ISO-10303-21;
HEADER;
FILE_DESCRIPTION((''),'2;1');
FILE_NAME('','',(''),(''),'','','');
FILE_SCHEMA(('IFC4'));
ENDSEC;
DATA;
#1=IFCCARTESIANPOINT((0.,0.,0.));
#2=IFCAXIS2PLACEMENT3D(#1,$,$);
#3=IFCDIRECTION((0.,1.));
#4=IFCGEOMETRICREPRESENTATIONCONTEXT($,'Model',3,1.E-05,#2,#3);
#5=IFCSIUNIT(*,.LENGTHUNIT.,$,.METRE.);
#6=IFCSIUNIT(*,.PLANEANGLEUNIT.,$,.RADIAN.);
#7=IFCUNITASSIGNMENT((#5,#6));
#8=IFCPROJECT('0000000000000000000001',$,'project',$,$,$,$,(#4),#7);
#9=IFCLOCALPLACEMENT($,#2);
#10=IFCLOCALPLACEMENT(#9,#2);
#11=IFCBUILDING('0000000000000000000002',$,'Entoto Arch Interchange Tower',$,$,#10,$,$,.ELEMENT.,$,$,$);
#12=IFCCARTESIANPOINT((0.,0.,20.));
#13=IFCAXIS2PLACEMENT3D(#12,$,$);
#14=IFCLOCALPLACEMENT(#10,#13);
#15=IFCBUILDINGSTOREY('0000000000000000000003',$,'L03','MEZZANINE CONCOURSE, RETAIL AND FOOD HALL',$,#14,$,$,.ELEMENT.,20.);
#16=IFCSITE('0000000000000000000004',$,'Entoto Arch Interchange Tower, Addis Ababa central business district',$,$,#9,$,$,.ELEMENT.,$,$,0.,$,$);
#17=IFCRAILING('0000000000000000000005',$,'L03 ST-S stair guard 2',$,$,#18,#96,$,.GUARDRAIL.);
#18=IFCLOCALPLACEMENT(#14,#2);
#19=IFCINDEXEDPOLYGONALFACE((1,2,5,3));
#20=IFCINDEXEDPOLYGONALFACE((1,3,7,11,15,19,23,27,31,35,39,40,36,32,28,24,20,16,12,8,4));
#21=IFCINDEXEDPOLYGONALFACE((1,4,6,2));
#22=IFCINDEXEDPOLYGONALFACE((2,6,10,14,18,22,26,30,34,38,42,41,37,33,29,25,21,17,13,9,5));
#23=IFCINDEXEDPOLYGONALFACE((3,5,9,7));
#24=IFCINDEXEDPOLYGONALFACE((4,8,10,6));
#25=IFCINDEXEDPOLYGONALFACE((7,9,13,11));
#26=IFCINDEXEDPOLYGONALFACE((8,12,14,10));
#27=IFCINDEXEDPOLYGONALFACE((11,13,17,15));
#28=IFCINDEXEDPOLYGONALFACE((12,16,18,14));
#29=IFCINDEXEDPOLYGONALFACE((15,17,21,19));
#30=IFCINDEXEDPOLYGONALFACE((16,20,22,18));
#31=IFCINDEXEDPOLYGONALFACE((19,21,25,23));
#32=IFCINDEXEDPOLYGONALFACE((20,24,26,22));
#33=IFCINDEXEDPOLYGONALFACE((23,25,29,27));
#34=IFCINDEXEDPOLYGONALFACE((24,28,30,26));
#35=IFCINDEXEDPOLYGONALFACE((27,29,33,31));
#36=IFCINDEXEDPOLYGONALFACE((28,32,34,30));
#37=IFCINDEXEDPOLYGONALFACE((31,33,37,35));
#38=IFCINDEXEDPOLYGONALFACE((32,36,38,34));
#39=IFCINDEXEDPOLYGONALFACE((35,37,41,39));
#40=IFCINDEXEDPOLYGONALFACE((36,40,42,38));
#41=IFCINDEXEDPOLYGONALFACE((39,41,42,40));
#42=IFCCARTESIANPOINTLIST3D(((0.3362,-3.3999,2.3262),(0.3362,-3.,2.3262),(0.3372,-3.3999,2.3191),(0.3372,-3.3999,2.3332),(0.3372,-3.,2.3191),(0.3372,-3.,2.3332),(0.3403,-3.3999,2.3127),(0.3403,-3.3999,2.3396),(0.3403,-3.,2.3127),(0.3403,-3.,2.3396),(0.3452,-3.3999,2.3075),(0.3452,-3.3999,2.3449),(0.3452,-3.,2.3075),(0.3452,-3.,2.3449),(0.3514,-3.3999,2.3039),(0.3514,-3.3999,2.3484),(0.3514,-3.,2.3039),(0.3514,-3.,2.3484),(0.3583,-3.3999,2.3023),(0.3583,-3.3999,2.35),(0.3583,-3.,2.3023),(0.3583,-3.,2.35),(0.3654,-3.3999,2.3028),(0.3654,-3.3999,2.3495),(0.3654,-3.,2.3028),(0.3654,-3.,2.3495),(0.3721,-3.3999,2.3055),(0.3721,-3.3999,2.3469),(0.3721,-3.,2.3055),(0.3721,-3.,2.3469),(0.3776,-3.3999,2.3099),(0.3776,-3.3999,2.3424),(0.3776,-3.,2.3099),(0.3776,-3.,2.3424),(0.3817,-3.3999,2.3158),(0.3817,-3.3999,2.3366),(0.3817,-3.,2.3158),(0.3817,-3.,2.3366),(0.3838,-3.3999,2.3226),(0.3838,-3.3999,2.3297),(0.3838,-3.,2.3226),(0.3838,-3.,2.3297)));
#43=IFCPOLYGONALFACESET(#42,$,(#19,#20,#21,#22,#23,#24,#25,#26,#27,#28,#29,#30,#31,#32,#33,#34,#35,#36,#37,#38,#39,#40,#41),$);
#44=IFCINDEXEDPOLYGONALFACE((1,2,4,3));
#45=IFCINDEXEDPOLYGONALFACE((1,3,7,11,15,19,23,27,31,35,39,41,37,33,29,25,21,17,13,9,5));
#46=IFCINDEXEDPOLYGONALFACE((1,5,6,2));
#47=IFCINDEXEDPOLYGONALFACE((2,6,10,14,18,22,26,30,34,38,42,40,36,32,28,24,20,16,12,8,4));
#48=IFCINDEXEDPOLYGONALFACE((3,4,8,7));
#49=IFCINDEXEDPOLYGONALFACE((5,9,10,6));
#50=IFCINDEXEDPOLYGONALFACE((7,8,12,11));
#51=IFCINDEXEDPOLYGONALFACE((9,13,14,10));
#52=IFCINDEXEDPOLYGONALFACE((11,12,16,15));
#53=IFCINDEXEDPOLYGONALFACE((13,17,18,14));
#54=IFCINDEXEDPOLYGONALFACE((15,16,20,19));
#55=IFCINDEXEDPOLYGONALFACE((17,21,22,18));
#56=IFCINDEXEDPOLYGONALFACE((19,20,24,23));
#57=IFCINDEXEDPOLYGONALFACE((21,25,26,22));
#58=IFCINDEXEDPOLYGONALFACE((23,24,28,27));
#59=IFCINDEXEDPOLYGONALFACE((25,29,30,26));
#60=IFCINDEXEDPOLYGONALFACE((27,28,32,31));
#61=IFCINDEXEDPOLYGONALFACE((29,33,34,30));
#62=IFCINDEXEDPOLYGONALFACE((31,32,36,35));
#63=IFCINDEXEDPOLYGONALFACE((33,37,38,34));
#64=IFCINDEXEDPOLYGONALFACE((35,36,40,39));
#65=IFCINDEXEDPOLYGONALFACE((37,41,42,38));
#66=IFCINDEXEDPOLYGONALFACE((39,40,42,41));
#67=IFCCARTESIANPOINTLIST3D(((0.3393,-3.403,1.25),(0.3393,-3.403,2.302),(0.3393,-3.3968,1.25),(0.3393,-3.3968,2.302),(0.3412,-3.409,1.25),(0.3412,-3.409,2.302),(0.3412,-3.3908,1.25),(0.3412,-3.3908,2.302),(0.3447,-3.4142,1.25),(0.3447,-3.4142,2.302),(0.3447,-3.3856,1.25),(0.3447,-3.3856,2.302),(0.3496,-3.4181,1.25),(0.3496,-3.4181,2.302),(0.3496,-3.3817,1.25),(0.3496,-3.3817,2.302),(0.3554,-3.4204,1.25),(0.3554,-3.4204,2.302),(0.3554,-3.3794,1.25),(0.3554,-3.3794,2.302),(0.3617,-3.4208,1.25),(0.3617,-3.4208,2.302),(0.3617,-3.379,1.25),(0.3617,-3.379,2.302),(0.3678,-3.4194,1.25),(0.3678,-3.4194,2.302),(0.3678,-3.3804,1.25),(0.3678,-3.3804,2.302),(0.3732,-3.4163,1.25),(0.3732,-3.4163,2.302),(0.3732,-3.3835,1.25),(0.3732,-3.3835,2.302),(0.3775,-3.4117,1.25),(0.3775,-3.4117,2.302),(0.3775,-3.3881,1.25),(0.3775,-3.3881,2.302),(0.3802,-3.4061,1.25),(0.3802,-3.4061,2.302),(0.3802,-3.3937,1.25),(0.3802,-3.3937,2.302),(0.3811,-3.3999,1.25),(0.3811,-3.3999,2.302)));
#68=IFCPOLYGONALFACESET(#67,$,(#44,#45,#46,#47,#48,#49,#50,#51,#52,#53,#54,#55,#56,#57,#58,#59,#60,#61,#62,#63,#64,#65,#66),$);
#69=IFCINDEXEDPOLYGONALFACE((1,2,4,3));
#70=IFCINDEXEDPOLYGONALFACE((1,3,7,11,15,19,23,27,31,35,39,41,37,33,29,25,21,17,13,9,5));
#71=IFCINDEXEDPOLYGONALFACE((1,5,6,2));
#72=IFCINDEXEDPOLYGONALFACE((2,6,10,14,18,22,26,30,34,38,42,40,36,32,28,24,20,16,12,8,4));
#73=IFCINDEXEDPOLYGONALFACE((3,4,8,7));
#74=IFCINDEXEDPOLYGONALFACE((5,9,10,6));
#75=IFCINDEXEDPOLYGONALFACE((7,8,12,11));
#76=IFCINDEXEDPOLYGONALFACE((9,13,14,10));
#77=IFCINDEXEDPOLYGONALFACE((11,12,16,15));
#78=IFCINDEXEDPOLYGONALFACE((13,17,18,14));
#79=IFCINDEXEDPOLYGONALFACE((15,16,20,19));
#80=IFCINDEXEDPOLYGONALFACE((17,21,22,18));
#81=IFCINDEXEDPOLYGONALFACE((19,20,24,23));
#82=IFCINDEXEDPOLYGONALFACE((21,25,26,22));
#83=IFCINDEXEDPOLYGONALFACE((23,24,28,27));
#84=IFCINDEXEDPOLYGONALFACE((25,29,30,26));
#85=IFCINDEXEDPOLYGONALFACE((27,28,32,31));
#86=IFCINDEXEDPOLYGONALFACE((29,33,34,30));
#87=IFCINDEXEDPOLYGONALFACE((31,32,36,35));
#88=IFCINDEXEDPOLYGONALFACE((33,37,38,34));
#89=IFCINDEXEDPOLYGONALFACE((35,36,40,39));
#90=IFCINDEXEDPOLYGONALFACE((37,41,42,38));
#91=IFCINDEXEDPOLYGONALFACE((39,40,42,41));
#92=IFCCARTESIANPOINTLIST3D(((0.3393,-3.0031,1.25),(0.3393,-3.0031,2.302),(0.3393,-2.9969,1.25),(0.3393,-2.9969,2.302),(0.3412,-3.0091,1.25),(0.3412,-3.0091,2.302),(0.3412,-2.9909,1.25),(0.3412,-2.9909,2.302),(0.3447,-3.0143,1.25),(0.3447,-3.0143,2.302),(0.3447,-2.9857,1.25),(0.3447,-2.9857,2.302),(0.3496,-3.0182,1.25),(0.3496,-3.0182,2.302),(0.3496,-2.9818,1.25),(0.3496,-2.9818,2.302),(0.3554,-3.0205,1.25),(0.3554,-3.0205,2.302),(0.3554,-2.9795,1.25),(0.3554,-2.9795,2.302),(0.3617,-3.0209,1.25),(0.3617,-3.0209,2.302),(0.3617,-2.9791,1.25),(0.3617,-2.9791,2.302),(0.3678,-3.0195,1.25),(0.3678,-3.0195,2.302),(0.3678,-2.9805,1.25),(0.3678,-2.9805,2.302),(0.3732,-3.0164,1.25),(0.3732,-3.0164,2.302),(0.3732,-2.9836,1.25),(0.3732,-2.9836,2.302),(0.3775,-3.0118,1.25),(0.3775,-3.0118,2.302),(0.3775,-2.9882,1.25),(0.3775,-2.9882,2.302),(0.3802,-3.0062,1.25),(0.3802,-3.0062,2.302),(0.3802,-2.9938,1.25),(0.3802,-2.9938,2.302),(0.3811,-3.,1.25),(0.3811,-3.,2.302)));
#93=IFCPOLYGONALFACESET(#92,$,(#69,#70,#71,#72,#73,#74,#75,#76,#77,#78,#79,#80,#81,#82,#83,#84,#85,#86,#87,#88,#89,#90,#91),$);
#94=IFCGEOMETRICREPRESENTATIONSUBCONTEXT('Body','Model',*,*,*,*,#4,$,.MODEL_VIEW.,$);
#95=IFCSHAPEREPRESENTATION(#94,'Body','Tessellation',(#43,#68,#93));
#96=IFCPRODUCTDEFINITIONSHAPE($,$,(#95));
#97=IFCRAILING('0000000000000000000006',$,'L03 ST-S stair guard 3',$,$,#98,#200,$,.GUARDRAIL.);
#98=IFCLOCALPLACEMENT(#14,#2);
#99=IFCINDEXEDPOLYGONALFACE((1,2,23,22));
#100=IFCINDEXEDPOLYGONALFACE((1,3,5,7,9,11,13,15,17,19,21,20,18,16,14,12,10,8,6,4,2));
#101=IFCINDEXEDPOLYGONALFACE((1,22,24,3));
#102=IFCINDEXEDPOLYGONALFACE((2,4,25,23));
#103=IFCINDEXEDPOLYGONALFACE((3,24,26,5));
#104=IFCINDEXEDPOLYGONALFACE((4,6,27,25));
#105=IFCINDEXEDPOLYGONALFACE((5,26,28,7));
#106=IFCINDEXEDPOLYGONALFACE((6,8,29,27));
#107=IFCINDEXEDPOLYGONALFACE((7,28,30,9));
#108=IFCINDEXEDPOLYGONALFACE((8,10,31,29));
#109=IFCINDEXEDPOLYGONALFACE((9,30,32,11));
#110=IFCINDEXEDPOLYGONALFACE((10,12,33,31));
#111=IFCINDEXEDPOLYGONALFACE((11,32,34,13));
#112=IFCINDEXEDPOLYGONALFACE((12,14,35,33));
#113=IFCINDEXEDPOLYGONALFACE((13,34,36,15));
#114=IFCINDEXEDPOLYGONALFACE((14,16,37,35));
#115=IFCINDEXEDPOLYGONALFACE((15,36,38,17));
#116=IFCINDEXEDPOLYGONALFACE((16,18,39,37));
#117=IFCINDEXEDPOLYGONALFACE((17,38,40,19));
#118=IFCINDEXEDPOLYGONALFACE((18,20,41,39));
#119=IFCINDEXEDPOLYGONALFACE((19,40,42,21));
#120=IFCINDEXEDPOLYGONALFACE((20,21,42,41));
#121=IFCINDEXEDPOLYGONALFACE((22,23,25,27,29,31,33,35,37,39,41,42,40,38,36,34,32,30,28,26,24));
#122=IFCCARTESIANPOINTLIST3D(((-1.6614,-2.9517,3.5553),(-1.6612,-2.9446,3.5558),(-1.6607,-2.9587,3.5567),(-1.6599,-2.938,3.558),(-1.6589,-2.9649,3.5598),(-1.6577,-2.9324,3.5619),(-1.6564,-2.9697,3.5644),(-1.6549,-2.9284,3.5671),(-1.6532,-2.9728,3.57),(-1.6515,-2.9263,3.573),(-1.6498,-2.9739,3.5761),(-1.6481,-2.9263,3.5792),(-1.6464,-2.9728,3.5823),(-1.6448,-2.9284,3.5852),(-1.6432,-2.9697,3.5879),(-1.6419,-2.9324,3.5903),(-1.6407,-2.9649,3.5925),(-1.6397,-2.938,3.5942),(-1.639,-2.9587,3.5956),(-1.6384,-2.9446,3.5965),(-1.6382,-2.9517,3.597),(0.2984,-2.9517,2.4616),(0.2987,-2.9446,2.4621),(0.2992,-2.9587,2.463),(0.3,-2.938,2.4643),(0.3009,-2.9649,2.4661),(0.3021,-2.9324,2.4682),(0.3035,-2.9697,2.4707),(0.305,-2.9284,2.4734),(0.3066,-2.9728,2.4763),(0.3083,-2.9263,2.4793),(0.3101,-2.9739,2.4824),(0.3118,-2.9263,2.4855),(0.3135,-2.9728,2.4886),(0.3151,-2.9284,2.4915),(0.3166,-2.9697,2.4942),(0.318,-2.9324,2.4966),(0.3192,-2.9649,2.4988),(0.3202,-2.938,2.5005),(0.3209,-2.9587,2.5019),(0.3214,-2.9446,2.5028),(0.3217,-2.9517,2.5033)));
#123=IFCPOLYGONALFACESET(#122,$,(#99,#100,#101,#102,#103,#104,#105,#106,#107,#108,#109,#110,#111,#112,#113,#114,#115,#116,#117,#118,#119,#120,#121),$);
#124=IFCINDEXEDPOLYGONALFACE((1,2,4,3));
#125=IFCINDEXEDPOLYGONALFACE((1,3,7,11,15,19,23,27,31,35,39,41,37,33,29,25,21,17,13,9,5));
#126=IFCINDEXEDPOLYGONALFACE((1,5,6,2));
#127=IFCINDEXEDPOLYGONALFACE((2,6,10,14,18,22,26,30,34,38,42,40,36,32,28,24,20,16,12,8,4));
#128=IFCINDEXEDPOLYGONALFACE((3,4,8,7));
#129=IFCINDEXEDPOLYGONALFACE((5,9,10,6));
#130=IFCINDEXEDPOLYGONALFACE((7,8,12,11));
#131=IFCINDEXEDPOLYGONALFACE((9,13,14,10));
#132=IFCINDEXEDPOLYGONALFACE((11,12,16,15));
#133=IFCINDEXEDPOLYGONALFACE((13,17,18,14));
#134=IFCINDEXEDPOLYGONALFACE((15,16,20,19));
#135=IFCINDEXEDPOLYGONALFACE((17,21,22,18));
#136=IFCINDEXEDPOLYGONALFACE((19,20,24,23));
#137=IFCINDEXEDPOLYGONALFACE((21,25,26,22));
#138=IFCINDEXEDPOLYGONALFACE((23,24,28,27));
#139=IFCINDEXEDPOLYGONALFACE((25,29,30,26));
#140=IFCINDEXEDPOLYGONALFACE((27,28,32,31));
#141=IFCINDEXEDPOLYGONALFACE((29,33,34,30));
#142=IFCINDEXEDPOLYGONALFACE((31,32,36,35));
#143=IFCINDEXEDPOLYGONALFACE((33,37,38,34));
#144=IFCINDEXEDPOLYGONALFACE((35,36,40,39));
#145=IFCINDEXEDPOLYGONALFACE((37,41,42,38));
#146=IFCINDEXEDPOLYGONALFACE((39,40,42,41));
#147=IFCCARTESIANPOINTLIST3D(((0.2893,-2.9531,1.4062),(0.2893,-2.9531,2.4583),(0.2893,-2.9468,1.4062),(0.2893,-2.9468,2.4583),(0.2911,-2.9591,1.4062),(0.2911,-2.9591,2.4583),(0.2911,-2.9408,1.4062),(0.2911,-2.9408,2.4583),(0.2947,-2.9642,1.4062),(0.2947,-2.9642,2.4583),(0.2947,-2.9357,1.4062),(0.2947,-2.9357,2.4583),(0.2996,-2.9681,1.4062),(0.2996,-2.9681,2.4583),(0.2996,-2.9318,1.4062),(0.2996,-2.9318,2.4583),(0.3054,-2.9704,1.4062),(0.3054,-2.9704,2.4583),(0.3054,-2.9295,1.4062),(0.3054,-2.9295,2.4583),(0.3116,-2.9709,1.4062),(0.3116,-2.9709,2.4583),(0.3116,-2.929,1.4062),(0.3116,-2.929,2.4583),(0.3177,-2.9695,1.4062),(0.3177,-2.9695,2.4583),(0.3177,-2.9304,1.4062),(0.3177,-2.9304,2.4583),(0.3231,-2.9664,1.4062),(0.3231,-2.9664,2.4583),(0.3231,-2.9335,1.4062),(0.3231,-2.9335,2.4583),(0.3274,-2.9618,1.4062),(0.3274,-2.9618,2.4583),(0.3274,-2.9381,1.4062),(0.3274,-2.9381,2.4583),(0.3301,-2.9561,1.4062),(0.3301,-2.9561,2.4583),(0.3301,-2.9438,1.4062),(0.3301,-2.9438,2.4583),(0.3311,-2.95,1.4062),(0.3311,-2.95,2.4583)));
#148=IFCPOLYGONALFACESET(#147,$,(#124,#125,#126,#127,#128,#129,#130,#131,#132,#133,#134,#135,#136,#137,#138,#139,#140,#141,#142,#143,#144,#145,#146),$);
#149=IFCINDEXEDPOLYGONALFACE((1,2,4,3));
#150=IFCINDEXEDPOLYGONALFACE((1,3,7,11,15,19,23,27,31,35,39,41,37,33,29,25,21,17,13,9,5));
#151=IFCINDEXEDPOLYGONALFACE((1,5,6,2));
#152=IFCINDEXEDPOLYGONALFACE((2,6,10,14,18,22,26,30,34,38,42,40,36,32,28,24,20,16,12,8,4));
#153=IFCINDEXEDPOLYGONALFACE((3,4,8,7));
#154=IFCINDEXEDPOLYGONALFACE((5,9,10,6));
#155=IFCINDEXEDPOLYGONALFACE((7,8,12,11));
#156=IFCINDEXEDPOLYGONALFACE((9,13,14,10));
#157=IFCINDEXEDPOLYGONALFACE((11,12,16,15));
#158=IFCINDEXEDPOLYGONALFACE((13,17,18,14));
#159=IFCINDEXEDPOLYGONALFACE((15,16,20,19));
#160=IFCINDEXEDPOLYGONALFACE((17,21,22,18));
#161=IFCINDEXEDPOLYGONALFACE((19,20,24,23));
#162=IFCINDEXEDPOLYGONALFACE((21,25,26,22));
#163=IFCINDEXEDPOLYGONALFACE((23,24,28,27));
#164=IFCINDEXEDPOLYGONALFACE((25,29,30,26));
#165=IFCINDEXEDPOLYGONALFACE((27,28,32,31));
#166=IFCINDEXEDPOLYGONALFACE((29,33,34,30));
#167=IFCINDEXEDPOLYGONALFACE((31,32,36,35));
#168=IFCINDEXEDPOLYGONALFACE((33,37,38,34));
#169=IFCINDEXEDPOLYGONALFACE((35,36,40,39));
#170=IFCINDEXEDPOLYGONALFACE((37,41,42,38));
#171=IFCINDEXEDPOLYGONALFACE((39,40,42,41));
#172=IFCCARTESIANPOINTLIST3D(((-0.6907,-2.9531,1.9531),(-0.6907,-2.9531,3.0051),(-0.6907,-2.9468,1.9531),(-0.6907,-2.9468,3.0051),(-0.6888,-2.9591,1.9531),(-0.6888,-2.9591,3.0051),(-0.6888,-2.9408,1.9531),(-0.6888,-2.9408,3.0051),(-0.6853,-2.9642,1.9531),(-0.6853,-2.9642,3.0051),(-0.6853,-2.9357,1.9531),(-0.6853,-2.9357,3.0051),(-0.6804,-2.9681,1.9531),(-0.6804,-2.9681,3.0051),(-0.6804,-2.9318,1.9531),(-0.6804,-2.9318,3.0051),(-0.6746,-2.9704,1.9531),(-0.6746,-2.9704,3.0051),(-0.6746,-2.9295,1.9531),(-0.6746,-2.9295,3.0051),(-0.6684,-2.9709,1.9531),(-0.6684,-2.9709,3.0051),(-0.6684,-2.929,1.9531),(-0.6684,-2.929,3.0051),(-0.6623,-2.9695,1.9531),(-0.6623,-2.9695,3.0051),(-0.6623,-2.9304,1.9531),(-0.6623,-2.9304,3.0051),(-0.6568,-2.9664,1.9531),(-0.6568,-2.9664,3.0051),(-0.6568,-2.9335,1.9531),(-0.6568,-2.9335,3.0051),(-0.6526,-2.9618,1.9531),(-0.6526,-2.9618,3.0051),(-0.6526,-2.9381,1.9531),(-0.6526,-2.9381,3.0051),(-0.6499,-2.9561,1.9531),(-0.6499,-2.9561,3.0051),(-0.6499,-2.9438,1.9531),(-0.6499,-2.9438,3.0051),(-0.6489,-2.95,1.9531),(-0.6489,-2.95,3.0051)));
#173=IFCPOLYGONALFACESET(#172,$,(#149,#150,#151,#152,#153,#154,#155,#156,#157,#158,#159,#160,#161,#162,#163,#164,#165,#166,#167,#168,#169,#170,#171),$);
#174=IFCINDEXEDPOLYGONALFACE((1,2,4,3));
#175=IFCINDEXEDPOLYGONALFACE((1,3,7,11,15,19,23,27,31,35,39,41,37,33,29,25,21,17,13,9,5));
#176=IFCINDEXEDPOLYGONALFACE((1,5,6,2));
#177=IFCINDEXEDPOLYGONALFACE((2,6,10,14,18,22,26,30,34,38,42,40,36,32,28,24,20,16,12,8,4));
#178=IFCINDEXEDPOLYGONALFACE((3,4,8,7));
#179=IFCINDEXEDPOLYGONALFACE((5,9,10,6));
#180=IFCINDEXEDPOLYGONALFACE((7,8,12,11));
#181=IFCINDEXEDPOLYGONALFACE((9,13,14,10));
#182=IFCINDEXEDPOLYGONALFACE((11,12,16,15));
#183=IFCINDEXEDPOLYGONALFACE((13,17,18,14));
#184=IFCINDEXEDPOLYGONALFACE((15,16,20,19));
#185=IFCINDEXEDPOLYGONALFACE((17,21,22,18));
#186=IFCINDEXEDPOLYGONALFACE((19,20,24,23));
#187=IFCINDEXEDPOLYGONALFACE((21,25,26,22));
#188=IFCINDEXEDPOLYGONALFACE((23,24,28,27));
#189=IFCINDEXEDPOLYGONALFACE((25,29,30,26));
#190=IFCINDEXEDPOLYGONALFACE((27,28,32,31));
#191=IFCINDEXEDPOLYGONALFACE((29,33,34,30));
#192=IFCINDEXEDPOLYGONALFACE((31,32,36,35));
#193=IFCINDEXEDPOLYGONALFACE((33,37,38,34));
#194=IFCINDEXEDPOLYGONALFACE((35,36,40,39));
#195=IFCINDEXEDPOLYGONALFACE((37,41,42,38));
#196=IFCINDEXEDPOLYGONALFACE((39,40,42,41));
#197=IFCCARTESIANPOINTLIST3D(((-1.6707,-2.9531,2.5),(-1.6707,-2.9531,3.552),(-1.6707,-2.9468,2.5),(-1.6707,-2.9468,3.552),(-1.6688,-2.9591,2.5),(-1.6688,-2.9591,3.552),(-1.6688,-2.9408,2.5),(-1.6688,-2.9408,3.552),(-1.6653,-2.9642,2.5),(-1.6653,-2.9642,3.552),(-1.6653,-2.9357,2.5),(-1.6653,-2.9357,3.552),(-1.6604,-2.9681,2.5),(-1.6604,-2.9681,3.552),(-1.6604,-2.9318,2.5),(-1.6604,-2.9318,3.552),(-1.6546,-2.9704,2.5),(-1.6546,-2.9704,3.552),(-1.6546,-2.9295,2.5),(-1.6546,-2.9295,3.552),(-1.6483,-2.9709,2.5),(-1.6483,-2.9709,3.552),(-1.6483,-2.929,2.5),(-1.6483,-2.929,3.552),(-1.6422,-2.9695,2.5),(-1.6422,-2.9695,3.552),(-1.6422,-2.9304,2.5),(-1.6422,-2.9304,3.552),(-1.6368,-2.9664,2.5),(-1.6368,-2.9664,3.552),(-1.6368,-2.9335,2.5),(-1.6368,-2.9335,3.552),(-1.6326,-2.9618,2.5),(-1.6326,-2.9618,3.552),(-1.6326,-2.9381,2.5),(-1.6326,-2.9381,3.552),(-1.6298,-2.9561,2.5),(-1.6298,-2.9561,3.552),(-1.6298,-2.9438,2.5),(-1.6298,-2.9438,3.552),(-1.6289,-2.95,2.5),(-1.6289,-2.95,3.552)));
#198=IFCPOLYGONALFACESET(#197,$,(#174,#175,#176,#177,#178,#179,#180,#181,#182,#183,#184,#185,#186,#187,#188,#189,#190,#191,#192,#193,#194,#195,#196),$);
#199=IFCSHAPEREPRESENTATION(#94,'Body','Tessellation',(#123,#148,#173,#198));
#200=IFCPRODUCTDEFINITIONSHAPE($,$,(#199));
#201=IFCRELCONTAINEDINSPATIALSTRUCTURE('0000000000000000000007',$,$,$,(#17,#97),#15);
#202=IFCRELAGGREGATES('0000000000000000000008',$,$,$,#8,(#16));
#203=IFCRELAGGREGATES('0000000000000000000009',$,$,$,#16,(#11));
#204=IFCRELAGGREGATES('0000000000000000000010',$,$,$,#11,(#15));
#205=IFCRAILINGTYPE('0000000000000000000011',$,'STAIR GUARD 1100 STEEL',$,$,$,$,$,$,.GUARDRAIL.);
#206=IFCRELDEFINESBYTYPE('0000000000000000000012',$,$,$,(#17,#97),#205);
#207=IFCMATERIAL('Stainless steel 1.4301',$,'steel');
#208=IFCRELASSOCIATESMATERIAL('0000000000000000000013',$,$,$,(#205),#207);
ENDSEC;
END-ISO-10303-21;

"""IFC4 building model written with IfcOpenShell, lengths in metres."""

from ifc_helpers import new_model, si_unit, direction, frame, origin, origin_2d, place, context, subcontext, project, spatial, circle, extrude, material, type_object, element, save


model = new_model("IFC4")

# Units and contexts
model_context = context("Model", 3, precision=1e-05, world=origin(), true_north=direction((0.0, 1.0)))
body_context = subcontext(model_context, "Body", "Model", "MODEL_VIEW")
ifc_project = project(units=[si_unit("LENGTHUNIT", "METRE"), si_unit("PLANEANGLEUNIT", "RADIAN")], contexts=[model_context])

# Site, building, storey
site_placement = place(None, origin())
site = spatial("IfcSite", under=ifc_project, at=site_placement, Name="Entoto Arch Interchange Tower, Addis Ababa central business district", CompositionType="ELEMENT", RefElevation=0.0)
building_placement = place(site_placement, origin())
building = spatial("IfcBuilding", under=site, at=building_placement, Name="Entoto Arch Interchange Tower", CompositionType="ELEMENT")
storey_placement = place(building_placement, frame((0.0, 0.0, 20.0)))
storey = spatial("IfcBuildingStorey", under=building, at=storey_placement, Name="L03", Description="MEZZANINE CONCOURSE, RETAIL AND FOOD HALL", CompositionType="ELEMENT", Elevation=20.0)

# Railings
ifc_material_1 = material(Name="Stainless steel 1.4301", Category="steel")
railing_type = type_object("IfcRailingType", Name="STAIR GUARD 1100 STEEL", PredefinedType="GUARDRAIL", material=ifc_material_1)
railing_1_placement = place(storey_placement, frame((0.3601, -3.3999, 1.25)))
element("IfcRailing", 1, at=railing_1_placement, inside=storey, type_object=railing_type, Name="L03 ST-S stair guard 2", PredefinedType="GUARDRAIL", context=body_context, shape_type="SweptSolid", body=[
    extrude(circle(Radius=0.0239, at=origin_2d()), frame((0.0, 0.0, 1.0762), z_axis=(0.0, 1.0, 0.0), x_axis=(-1.0, 0.0, 0.0)), (0.0, 0.0, 1.0), 0.3999),
    extrude(circle(Radius=0.021, at=origin_2d()), origin(), (0.0, 0.0, 1.0), 1.052),
    extrude(circle(Radius=0.021, at=origin_2d()), frame((0.0, 0.3999, 0.0)), (0.0, 0.0, 1.0), 1.052),
])
railing_2_placement = place(storey_placement, frame((0.3101, -2.95, 1.4062)))
element("IfcRailing", 2, at=railing_2_placement, inside=storey, type_object=railing_type, Name="L03 ST-S stair guard 3", PredefinedType="GUARDRAIL", context=body_context, shape_type="SweptSolid", body=[
    extrude(circle(Radius=0.0239, at=origin_2d()), frame((0.0, 0.0, 1.0762), z_axis=(-0.873232, 0.0, 0.487304), x_axis=(0.0, -1.0, 0.0)), (0.0, 0.0, 1.0), 2.2444),
    extrude(circle(Radius=0.021, at=origin_2d()), origin(), (0.0, 0.0, 1.0), 1.052),
    extrude(circle(Radius=0.021, at=origin_2d()), frame((-0.98, 0.0, 0.5469)), (0.0, 0.0, 1.0), 1.052),
    extrude(circle(Radius=0.021, at=origin_2d()), frame((-1.96, 0.0, 1.0938)), (0.0, 0.0, 1.0), 1.052),
])

save(model, "model.ifc")
